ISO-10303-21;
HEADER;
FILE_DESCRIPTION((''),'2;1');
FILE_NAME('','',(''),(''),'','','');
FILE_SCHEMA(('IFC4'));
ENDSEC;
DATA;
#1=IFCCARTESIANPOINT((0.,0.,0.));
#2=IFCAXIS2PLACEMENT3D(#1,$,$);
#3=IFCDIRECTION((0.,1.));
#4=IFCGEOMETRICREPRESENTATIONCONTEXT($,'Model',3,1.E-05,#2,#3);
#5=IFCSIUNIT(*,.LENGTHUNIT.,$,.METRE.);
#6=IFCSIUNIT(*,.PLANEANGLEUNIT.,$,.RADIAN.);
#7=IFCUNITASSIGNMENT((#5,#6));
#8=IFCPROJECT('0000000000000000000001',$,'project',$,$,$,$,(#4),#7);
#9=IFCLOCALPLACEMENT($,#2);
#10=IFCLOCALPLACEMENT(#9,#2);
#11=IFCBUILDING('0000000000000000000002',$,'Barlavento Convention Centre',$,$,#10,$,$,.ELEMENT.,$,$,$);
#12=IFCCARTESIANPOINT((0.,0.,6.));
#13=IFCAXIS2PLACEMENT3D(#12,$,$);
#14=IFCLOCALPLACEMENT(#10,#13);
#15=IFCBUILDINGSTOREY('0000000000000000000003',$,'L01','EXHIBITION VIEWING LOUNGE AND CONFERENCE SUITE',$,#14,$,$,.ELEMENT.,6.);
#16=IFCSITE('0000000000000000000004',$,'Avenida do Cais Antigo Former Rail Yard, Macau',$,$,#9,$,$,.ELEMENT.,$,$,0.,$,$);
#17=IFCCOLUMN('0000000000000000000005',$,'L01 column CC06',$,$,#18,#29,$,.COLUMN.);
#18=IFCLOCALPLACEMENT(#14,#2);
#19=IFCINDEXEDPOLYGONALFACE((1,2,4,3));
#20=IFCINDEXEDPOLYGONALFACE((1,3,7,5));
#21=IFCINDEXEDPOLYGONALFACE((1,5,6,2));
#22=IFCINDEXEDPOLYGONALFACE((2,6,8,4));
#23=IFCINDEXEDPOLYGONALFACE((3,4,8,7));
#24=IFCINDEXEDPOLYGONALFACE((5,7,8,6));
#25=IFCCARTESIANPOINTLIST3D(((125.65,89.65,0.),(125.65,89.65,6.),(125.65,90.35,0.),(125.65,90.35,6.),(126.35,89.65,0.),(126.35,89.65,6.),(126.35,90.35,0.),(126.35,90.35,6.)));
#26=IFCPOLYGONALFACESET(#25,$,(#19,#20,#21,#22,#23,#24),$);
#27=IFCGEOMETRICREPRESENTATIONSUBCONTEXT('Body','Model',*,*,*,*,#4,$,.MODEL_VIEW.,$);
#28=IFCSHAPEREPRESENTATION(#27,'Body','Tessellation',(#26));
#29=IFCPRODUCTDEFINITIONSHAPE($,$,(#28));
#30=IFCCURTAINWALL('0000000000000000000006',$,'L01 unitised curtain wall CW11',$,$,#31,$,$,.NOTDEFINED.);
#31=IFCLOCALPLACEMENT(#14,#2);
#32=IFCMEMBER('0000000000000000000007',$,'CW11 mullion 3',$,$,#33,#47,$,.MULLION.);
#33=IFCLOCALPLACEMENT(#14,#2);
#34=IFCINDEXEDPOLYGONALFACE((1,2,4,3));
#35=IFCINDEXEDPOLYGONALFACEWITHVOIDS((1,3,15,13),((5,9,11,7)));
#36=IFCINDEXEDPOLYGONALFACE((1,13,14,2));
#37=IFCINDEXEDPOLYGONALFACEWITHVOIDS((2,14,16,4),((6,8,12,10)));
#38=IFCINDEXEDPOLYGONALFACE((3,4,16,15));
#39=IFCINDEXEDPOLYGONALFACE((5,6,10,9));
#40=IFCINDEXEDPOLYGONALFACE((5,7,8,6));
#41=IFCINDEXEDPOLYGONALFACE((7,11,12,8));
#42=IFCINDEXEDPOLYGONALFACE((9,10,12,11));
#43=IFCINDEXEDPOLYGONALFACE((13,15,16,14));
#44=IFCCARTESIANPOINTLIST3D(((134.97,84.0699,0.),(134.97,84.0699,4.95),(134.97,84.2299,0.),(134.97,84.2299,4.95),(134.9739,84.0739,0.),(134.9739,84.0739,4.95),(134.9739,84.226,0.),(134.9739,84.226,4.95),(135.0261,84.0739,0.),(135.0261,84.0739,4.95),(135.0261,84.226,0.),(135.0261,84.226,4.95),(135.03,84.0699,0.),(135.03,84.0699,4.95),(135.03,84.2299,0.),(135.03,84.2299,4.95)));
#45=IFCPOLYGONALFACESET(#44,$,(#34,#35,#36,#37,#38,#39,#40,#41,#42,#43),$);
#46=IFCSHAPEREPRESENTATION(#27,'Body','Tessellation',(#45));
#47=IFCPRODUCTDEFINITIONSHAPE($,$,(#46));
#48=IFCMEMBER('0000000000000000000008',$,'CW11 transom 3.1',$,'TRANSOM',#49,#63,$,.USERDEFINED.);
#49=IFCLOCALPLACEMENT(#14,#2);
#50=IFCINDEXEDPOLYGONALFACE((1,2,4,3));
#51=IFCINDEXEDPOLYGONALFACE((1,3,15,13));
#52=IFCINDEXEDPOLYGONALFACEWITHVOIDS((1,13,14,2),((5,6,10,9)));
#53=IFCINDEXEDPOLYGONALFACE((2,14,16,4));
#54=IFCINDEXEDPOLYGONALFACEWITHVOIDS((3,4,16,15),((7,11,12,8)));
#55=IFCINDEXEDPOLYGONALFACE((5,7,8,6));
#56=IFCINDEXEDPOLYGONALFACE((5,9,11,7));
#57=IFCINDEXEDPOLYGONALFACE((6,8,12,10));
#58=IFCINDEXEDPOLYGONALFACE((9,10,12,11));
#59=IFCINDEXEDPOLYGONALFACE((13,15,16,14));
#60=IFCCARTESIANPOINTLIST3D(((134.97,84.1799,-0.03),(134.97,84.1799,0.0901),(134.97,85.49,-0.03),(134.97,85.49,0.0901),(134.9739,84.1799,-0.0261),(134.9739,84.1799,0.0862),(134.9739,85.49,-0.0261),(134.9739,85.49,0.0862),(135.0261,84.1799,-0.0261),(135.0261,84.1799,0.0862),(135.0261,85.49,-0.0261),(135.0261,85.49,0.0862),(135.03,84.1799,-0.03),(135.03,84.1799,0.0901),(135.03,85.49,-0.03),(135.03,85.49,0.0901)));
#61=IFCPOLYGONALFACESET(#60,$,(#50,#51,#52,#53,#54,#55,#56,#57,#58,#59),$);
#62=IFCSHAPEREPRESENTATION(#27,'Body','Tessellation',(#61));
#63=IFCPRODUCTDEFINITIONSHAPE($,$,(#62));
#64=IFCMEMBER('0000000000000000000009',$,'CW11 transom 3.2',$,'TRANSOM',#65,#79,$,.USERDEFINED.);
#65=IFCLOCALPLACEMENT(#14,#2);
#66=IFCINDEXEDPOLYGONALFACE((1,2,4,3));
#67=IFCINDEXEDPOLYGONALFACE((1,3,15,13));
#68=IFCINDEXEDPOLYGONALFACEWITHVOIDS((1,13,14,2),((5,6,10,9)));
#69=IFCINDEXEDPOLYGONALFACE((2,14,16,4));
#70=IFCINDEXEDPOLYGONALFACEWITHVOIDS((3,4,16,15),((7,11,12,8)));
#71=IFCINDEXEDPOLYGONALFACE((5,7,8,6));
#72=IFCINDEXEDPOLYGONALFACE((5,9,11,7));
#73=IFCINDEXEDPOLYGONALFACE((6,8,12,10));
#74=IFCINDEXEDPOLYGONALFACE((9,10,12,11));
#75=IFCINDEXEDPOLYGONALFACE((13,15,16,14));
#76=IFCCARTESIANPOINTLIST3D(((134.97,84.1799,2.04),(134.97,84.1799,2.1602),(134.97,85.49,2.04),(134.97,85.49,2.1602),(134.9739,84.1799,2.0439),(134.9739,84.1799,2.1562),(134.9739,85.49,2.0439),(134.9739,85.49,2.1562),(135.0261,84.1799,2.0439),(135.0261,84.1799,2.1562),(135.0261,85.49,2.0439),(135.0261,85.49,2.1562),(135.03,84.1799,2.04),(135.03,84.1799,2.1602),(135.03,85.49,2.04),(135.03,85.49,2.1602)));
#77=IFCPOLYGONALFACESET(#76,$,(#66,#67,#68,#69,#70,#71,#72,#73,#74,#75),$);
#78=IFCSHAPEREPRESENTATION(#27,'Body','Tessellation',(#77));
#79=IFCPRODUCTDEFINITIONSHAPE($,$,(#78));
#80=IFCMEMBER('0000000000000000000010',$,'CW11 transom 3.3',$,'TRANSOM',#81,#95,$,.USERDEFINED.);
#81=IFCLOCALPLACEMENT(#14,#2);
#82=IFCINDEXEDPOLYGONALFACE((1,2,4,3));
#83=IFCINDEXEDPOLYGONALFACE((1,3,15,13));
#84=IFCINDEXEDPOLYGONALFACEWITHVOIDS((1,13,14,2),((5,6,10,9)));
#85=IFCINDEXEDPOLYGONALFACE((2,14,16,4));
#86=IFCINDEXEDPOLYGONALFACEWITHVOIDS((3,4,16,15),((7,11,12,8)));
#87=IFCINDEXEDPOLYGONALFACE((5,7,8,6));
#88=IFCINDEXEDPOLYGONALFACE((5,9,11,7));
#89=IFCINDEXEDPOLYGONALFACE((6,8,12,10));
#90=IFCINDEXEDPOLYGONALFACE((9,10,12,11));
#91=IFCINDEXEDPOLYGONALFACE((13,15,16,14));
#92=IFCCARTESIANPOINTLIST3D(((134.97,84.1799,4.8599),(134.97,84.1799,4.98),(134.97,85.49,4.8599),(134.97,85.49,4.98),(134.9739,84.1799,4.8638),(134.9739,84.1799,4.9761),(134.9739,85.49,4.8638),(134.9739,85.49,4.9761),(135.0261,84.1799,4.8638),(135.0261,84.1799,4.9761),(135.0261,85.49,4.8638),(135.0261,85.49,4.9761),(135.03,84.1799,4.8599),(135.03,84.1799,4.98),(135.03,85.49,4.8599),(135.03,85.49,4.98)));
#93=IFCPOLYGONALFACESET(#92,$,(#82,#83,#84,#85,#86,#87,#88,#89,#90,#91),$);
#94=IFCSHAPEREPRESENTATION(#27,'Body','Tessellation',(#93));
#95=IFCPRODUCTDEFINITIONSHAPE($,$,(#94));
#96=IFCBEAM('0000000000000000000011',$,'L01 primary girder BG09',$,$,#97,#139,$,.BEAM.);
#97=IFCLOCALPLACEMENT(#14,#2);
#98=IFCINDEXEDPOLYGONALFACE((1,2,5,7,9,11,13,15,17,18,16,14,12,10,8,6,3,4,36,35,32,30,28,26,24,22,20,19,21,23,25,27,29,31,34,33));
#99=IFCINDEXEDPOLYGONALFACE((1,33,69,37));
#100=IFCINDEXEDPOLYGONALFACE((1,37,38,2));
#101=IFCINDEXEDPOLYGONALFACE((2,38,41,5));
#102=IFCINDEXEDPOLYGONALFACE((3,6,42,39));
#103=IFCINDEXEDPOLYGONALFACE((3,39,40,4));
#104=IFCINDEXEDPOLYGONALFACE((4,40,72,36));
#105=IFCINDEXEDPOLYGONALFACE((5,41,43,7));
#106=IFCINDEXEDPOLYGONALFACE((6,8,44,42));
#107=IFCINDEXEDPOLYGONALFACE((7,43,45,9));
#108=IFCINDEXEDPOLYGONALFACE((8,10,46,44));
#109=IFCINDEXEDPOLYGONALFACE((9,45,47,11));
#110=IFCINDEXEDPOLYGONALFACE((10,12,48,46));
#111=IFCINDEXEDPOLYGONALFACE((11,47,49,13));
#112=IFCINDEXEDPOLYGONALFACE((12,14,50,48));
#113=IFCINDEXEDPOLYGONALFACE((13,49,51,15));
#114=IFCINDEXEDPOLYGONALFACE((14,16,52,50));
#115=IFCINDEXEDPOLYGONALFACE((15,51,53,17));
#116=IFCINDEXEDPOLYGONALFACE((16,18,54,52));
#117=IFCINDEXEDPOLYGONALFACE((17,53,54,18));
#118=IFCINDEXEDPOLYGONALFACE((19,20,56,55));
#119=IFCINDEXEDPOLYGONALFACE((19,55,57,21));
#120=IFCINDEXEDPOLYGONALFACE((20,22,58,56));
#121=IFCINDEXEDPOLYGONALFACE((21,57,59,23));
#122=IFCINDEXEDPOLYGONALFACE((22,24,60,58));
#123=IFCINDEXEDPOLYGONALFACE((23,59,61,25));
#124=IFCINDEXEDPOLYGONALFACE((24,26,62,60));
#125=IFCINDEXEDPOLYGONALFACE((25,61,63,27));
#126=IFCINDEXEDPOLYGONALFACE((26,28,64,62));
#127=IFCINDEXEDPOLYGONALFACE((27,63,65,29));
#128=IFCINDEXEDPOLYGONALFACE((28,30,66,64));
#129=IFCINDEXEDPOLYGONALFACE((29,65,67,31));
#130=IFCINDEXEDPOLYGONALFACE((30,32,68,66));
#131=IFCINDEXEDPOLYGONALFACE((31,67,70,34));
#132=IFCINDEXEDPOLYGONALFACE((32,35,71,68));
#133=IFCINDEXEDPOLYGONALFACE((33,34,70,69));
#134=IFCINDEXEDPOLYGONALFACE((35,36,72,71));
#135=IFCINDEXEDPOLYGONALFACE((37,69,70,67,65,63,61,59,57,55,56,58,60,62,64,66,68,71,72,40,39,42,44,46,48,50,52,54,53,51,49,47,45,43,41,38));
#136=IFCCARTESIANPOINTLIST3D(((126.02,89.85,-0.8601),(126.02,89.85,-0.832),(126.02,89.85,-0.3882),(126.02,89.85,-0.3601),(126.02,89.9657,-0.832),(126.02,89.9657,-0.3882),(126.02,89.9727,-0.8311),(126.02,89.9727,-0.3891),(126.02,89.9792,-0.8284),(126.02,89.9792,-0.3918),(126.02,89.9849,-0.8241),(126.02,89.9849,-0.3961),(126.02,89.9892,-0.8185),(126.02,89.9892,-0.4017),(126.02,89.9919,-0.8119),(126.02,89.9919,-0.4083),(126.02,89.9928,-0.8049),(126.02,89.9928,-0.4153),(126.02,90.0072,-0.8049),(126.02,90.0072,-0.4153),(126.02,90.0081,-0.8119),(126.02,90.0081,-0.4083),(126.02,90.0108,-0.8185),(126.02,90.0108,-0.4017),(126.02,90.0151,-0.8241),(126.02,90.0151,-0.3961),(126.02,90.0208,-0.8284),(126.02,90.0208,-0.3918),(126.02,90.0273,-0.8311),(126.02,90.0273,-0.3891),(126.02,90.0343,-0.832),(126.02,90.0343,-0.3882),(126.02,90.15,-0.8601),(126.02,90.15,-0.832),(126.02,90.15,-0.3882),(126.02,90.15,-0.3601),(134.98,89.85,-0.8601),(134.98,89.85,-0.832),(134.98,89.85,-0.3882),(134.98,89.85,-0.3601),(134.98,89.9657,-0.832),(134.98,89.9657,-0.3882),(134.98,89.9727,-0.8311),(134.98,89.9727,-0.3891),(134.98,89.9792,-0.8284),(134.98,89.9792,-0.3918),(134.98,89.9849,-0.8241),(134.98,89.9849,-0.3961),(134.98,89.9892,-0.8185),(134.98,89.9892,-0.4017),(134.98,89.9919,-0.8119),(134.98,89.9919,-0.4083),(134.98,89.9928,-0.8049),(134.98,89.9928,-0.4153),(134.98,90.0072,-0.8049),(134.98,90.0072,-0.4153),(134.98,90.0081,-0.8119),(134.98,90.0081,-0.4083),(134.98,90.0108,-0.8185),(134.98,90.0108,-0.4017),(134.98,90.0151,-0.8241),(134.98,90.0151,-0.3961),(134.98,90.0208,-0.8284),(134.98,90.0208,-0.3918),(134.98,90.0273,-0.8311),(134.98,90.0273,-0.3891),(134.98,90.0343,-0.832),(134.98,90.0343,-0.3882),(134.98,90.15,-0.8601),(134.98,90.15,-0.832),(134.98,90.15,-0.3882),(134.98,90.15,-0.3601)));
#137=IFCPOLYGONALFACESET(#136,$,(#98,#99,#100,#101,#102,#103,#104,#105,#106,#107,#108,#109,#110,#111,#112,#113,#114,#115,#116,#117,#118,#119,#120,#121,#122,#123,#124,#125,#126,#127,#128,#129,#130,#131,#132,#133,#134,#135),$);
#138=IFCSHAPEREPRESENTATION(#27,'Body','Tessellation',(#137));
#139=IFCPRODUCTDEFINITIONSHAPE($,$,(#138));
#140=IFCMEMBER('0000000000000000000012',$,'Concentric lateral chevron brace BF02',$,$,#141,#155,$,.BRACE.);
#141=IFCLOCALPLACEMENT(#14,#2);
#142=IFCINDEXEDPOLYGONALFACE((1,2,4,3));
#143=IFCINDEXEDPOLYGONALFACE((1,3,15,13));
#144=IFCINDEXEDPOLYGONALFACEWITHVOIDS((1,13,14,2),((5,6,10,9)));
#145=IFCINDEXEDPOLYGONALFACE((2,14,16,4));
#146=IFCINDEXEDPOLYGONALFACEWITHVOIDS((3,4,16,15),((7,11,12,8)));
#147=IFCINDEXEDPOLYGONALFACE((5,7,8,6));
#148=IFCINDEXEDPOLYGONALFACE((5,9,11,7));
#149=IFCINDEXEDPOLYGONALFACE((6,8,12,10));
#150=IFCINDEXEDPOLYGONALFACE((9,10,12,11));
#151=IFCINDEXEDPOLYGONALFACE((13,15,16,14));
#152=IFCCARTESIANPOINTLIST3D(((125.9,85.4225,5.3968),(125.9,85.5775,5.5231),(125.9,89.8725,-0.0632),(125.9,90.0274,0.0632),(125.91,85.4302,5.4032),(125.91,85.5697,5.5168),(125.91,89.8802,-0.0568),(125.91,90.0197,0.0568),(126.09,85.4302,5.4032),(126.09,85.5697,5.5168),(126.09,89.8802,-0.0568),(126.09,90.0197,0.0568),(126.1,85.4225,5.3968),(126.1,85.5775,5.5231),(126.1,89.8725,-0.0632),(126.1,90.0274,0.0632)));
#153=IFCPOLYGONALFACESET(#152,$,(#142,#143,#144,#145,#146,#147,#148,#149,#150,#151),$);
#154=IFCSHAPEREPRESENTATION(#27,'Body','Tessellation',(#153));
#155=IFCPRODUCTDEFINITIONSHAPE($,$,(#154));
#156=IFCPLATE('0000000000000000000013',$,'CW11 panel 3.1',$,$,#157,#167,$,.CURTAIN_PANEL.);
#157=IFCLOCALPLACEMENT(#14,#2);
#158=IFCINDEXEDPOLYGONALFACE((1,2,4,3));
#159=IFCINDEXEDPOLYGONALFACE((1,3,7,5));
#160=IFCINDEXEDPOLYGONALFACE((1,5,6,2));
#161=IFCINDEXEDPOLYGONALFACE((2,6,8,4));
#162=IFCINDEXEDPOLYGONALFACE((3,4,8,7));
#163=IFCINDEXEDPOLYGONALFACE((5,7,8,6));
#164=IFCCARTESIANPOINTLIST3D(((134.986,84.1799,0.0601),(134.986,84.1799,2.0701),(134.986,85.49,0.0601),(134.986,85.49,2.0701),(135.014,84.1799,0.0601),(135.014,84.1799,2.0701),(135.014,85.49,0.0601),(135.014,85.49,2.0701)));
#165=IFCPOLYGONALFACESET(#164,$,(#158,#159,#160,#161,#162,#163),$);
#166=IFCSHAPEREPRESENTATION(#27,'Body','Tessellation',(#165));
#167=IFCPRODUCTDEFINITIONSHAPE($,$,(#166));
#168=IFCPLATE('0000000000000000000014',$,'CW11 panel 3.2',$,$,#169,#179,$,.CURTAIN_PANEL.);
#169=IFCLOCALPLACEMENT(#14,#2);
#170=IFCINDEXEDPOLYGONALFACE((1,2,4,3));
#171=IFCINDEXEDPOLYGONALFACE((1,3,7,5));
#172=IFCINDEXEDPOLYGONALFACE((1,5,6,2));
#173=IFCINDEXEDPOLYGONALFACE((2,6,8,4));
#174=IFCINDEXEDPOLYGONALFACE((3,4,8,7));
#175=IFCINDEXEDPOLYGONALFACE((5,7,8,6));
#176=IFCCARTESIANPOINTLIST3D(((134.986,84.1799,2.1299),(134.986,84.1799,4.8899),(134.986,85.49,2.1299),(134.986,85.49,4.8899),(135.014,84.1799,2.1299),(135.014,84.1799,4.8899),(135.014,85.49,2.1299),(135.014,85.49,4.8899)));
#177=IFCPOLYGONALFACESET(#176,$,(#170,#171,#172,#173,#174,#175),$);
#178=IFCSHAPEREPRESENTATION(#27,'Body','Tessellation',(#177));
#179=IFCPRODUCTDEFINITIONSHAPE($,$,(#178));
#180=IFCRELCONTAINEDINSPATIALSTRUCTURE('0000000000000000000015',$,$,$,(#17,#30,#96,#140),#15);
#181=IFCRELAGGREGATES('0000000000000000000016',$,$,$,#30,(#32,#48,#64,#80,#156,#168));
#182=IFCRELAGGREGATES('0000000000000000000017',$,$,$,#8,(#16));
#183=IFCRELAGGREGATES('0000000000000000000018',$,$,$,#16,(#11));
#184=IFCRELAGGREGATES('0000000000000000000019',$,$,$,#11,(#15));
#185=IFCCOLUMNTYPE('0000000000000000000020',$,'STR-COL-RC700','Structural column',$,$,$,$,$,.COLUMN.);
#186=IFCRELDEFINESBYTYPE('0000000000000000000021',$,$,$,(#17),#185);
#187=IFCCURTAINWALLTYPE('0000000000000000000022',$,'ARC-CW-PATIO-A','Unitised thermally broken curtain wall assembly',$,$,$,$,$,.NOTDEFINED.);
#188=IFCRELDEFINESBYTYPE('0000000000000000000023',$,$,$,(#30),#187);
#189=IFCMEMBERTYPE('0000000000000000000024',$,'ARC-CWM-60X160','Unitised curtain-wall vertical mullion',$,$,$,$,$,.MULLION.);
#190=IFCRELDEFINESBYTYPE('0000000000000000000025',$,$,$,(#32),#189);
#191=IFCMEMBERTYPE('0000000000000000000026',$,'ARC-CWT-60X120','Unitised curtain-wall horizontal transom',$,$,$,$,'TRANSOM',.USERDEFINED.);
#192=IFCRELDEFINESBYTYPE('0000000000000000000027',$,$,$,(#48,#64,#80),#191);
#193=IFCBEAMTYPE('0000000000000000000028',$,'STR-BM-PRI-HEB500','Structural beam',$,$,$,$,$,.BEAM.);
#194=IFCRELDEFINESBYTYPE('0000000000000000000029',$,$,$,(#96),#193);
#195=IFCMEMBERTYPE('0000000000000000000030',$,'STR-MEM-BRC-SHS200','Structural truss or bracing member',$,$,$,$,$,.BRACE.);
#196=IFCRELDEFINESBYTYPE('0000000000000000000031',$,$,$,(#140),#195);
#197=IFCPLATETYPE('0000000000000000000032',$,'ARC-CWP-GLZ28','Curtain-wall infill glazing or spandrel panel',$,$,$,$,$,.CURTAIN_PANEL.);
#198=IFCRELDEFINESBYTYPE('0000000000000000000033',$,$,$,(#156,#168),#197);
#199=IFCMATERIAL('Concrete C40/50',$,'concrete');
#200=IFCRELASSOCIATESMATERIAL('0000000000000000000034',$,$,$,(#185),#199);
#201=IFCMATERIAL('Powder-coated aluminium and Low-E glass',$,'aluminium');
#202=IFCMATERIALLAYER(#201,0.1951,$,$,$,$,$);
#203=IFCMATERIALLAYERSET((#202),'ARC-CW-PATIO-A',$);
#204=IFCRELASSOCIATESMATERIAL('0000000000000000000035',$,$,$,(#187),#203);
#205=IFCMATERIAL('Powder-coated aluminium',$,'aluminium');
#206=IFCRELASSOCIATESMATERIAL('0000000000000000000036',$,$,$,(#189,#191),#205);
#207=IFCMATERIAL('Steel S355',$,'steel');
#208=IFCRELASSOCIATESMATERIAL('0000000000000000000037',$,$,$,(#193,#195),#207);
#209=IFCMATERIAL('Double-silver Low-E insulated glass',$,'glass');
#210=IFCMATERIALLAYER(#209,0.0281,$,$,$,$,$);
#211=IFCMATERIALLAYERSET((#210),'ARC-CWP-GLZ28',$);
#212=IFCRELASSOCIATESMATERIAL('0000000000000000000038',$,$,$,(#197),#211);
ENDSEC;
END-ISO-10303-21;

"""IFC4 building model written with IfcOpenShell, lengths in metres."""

from ifc_helpers import new_model, si_unit, direction, frame, origin, origin_2d, place, context, subcontext, project, spatial, rectangle, hollow_rectangle, i_section, extrude, material, layer, layer_set, material_profile, profile_set, type_object, element, aggregate, save


model = new_model("IFC4")

# Units and contexts
model_context = context("Model", 3, precision=1e-05, world=origin(), true_north=direction((0.0, 1.0)))
body_context = subcontext(model_context, "Body", "Model", "MODEL_VIEW")
ifc_project = project(units=[si_unit("LENGTHUNIT", "METRE"), si_unit("PLANEANGLEUNIT", "RADIAN")], contexts=[model_context])

# Site, building, storey
site_placement = place(None, origin())
site = spatial("IfcSite", under=ifc_project, at=site_placement, Name="Avenida do Cais Antigo Former Rail Yard, Macau", CompositionType="ELEMENT", RefElevation=0.0)
building_placement = place(site_placement, origin())
building = spatial("IfcBuilding", under=site, at=building_placement, Name="Barlavento Convention Centre", CompositionType="ELEMENT")
storey_placement = place(building_placement, frame((0.0, 0.0, 6.0)))
storey = spatial("IfcBuildingStorey", under=building, at=storey_placement, Name="L01", Description="EXHIBITION VIEWING LOUNGE AND CONFERENCE SUITE", CompositionType="ELEMENT", Elevation=6.0)

# Column
ifc_material_1 = material(Name="Concrete C40/50", Category="concrete")
ifc_material_profile_1 = material_profile(ifc_material_1, rectangle(XDim=0.7, YDim=0.7, at=origin_2d()), Name="RC 700x700")
ifc_profile_set_1 = profile_set([ifc_material_profile_1], Name="Concrete C40/50")
column_type = type_object("IfcColumnType", Name="STR-COL-RC700", Description="Structural column", PredefinedType="COLUMN", material=ifc_profile_set_1)
column_placement = place(storey_placement, frame((126.0, 90.0, 0.0), z_axis=(0.0, 0.0, 1.0), x_axis=(1.0, 0.0, 0.0)))
element("IfcColumn", 1, at=column_placement, inside=storey, type_object=column_type, Name="L01 column CC06", PredefinedType="COLUMN", context=body_context, shape_type="SweptSolid", body=[
    extrude(rectangle(XDim=0.7, YDim=0.7, at=origin_2d()), origin(), (0.0, 0.0, 1.0), 6.0),
])

# Curtain wall, members
ifc_material_2 = material(Name="Powder-coated aluminium and Low-E glass", Category="aluminium")
ifc_layer_1 = layer(ifc_material_2, 0.1951)
ifc_layer_set_1 = layer_set([ifc_layer_1], Name="ARC-CW-PATIO-A")
curtain_wall_type = type_object("IfcCurtainWallType", Name="ARC-CW-PATIO-A", Description="Unitised thermally broken curtain wall assembly", PredefinedType="NOTDEFINED", material=ifc_layer_set_1)
curtain_wall_placement = place(storey_placement, origin())
curtain_wall = element("IfcCurtainWall", 2, at=curtain_wall_placement, inside=storey, type_object=curtain_wall_type, Name="L01 unitised curtain wall CW11", PredefinedType="NOTDEFINED")
ifc_material_3 = material(Name="Powder-coated aluminium", Category="aluminium")
ifc_material_profile_2 = material_profile(ifc_material_3, hollow_rectangle(XDim=0.0601, YDim=0.1599, WallThickness=0.0039, at=origin_2d()), Name="AL-MULL 60x160x4")
ifc_profile_set_2 = profile_set([ifc_material_profile_2], Name="Powder-coated aluminium")
member_type_1 = type_object("IfcMemberType", Name="ARC-CWM-60X160", Description="Unitised curtain-wall vertical mullion", PredefinedType="MULLION", material=ifc_profile_set_2)
member_1_placement = place(storey_placement, frame((135.0, 84.1499, 0.0), z_axis=(0.0, 0.0, 1.0), x_axis=(-1.0, 0.0, 0.0)))
member_1 = element("IfcMember", 3, at=member_1_placement, type_object=member_type_1, Name="CW11 mullion 3", PredefinedType="MULLION", context=body_context, shape_type="SweptSolid", body=[
    extrude(hollow_rectangle(XDim=0.0601, YDim=0.1599, WallThickness=0.0039, at=origin_2d()), origin(), (0.0, 0.0, 1.0), 4.95),
])
ifc_material_profile_3 = material_profile(ifc_material_3, hollow_rectangle(XDim=0.0601, YDim=0.1201, WallThickness=0.0039, at=origin_2d()), Name="AL-TRAN 60x120x4")
ifc_profile_set_3 = profile_set([ifc_material_profile_3], Name="Powder-coated aluminium")
member_type_2 = type_object("IfcMemberType", Name="ARC-CWT-60X120", Description="Unitised curtain-wall horizontal transom", ElementType="TRANSOM", PredefinedType="USERDEFINED", material=ifc_profile_set_3)
member_2_placement = place(storey_placement, frame((135.0, 84.1799, 0.03), z_axis=(0.0, 1.0, 0.0), x_axis=(-1.0, 0.0, 0.0)))
member_2 = element("IfcMember", 4, at=member_2_placement, type_object=member_type_2, Name="CW11 transom 3.1", ObjectType="TRANSOM", PredefinedType="USERDEFINED", context=body_context, shape_type="SweptSolid", body=[
    extrude(hollow_rectangle(XDim=0.0601, YDim=0.1201, WallThickness=0.0039, at=origin_2d()), origin(), (0.0, 0.0, 1.0), 1.3101),
])
member_3_placement = place(storey_placement, frame((135.0, 84.1799, 2.1001), z_axis=(0.0, 1.0, 0.0), x_axis=(-1.0, 0.0, 0.0)))
member_3 = element("IfcMember", 5, at=member_3_placement, type_object=member_type_2, Name="CW11 transom 3.2", ObjectType="TRANSOM", PredefinedType="USERDEFINED", context=body_context, shape_type="SweptSolid", body=[
    extrude(hollow_rectangle(XDim=0.0601, YDim=0.1201, WallThickness=0.0039, at=origin_2d()), origin(), (0.0, 0.0, 1.0), 1.3101),
])
member_4_placement = place(storey_placement, frame((135.0, 84.1799, 4.9199), z_axis=(0.0, 1.0, 0.0), x_axis=(-1.0, 0.0, 0.0)))
member_4 = element("IfcMember", 6, at=member_4_placement, type_object=member_type_2, Name="CW11 transom 3.3", ObjectType="TRANSOM", PredefinedType="USERDEFINED", context=body_context, shape_type="SweptSolid", body=[
    extrude(hollow_rectangle(XDim=0.0601, YDim=0.1201, WallThickness=0.0039, at=origin_2d()), origin(), (0.0, 0.0, 1.0), 1.3101),
])

# Beam
ifc_material_4 = material(Name="Steel S355", Category="steel")
ifc_material_profile_4 = material_profile(ifc_material_4, i_section(OverallWidth=0.3, OverallDepth=0.5, WebThickness=0.0144, FlangeThickness=0.0281, FilletRadius=0.0271, at=origin_2d()), Name="HEB 500")
ifc_profile_set_4 = profile_set([ifc_material_profile_4], Name="Steel S355")
beam_type = type_object("IfcBeamType", Name="STR-BM-PRI-HEB500", Description="Structural beam", PredefinedType="BEAM", material=ifc_profile_set_4)
beam_placement = place(storey_placement, frame((126.02, 90.0, -0.6101), z_axis=(1.0, 0.0, 0.0), x_axis=(0.0, 1.0, 0.0)))
element("IfcBeam", 7, at=beam_placement, inside=storey, type_object=beam_type, Name="L01 primary girder BG09", PredefinedType="BEAM", context=body_context, shape_type="SweptSolid", body=[
    extrude(i_section(OverallWidth=0.3, OverallDepth=0.5, WebThickness=0.0144, FlangeThickness=0.0281, FilletRadius=0.0271, at=origin_2d()), origin(), (0.0, 0.0, 1.0), 8.96),
])

# Member
ifc_material_profile_5 = material_profile(ifc_material_4, hollow_rectangle(XDim=0.2, YDim=0.2, WallThickness=0.01, at=origin_2d()), Name="SHS 200x200x10.0")
ifc_profile_set_5 = profile_set([ifc_material_profile_5], Name="Steel S355")
member_type_3 = type_object("IfcMemberType", Name="STR-MEM-BRC-SHS200", Description="Structural truss or bracing member", PredefinedType="BRACE", material=ifc_profile_set_5)
member_5_placement = place(storey_placement, frame((126.0, 89.95, 0.0), z_axis=(0.0, -0.631766, 0.775159), x_axis=(1.0, 0.0, 0.0)))
element("IfcMember", 8, at=member_5_placement, inside=storey, type_object=member_type_3, Name="Concentric lateral chevron brace BF02", PredefinedType="BRACE", context=body_context, shape_type="SweptSolid", body=[
    extrude(hollow_rectangle(XDim=0.2, YDim=0.2, WallThickness=0.01, at=origin_2d()), origin(), (0.0, 0.0, 1.0), 7.0437),
])

# Plates
ifc_material_5 = material(Name="Double-silver Low-E insulated glass", Category="glass")
ifc_layer_2 = layer(ifc_material_5, 0.0281)
ifc_layer_set_2 = layer_set([ifc_layer_2], Name="ARC-CWP-GLZ28")
plate_type_1 = type_object("IfcPlateType", Name="ARC-CWP-GLZ28", Description="Curtain-wall infill glazing or spandrel panel", PredefinedType="CURTAIN_PANEL", material=ifc_layer_set_2)
plate_1_placement = place(storey_placement, frame((135.0, 84.835, 0.0601), z_axis=(0.0, 0.0, 1.0), x_axis=(0.0, 1.0, 0.0)))
plate_1 = element("IfcPlate", 9, at=plate_1_placement, type_object=plate_type_1, Name="CW11 panel 3.1", PredefinedType="CURTAIN_PANEL", context=body_context, shape_type="SweptSolid", body=[
    extrude(rectangle(XDim=1.3101, YDim=0.0281, at=origin_2d()), origin(), (0.0, 0.0, 1.0), 2.01),
])
plate_2_placement = place(storey_placement, frame((135.0, 84.835, 2.1299), z_axis=(0.0, 0.0, 1.0), x_axis=(0.0, 1.0, 0.0)))
plate_2 = element("IfcPlate", 10, at=plate_2_placement, type_object=plate_type_1, Name="CW11 panel 3.2", PredefinedType="CURTAIN_PANEL", context=body_context, shape_type="SweptSolid", body=[
    extrude(rectangle(XDim=1.3101, YDim=0.0281, at=origin_2d()), origin(), (0.0, 0.0, 1.0), 2.76),
])
aggregate(curtain_wall, [member_1, member_2, member_3, member_4, plate_1, plate_2])

save(model, "model.ifc")
